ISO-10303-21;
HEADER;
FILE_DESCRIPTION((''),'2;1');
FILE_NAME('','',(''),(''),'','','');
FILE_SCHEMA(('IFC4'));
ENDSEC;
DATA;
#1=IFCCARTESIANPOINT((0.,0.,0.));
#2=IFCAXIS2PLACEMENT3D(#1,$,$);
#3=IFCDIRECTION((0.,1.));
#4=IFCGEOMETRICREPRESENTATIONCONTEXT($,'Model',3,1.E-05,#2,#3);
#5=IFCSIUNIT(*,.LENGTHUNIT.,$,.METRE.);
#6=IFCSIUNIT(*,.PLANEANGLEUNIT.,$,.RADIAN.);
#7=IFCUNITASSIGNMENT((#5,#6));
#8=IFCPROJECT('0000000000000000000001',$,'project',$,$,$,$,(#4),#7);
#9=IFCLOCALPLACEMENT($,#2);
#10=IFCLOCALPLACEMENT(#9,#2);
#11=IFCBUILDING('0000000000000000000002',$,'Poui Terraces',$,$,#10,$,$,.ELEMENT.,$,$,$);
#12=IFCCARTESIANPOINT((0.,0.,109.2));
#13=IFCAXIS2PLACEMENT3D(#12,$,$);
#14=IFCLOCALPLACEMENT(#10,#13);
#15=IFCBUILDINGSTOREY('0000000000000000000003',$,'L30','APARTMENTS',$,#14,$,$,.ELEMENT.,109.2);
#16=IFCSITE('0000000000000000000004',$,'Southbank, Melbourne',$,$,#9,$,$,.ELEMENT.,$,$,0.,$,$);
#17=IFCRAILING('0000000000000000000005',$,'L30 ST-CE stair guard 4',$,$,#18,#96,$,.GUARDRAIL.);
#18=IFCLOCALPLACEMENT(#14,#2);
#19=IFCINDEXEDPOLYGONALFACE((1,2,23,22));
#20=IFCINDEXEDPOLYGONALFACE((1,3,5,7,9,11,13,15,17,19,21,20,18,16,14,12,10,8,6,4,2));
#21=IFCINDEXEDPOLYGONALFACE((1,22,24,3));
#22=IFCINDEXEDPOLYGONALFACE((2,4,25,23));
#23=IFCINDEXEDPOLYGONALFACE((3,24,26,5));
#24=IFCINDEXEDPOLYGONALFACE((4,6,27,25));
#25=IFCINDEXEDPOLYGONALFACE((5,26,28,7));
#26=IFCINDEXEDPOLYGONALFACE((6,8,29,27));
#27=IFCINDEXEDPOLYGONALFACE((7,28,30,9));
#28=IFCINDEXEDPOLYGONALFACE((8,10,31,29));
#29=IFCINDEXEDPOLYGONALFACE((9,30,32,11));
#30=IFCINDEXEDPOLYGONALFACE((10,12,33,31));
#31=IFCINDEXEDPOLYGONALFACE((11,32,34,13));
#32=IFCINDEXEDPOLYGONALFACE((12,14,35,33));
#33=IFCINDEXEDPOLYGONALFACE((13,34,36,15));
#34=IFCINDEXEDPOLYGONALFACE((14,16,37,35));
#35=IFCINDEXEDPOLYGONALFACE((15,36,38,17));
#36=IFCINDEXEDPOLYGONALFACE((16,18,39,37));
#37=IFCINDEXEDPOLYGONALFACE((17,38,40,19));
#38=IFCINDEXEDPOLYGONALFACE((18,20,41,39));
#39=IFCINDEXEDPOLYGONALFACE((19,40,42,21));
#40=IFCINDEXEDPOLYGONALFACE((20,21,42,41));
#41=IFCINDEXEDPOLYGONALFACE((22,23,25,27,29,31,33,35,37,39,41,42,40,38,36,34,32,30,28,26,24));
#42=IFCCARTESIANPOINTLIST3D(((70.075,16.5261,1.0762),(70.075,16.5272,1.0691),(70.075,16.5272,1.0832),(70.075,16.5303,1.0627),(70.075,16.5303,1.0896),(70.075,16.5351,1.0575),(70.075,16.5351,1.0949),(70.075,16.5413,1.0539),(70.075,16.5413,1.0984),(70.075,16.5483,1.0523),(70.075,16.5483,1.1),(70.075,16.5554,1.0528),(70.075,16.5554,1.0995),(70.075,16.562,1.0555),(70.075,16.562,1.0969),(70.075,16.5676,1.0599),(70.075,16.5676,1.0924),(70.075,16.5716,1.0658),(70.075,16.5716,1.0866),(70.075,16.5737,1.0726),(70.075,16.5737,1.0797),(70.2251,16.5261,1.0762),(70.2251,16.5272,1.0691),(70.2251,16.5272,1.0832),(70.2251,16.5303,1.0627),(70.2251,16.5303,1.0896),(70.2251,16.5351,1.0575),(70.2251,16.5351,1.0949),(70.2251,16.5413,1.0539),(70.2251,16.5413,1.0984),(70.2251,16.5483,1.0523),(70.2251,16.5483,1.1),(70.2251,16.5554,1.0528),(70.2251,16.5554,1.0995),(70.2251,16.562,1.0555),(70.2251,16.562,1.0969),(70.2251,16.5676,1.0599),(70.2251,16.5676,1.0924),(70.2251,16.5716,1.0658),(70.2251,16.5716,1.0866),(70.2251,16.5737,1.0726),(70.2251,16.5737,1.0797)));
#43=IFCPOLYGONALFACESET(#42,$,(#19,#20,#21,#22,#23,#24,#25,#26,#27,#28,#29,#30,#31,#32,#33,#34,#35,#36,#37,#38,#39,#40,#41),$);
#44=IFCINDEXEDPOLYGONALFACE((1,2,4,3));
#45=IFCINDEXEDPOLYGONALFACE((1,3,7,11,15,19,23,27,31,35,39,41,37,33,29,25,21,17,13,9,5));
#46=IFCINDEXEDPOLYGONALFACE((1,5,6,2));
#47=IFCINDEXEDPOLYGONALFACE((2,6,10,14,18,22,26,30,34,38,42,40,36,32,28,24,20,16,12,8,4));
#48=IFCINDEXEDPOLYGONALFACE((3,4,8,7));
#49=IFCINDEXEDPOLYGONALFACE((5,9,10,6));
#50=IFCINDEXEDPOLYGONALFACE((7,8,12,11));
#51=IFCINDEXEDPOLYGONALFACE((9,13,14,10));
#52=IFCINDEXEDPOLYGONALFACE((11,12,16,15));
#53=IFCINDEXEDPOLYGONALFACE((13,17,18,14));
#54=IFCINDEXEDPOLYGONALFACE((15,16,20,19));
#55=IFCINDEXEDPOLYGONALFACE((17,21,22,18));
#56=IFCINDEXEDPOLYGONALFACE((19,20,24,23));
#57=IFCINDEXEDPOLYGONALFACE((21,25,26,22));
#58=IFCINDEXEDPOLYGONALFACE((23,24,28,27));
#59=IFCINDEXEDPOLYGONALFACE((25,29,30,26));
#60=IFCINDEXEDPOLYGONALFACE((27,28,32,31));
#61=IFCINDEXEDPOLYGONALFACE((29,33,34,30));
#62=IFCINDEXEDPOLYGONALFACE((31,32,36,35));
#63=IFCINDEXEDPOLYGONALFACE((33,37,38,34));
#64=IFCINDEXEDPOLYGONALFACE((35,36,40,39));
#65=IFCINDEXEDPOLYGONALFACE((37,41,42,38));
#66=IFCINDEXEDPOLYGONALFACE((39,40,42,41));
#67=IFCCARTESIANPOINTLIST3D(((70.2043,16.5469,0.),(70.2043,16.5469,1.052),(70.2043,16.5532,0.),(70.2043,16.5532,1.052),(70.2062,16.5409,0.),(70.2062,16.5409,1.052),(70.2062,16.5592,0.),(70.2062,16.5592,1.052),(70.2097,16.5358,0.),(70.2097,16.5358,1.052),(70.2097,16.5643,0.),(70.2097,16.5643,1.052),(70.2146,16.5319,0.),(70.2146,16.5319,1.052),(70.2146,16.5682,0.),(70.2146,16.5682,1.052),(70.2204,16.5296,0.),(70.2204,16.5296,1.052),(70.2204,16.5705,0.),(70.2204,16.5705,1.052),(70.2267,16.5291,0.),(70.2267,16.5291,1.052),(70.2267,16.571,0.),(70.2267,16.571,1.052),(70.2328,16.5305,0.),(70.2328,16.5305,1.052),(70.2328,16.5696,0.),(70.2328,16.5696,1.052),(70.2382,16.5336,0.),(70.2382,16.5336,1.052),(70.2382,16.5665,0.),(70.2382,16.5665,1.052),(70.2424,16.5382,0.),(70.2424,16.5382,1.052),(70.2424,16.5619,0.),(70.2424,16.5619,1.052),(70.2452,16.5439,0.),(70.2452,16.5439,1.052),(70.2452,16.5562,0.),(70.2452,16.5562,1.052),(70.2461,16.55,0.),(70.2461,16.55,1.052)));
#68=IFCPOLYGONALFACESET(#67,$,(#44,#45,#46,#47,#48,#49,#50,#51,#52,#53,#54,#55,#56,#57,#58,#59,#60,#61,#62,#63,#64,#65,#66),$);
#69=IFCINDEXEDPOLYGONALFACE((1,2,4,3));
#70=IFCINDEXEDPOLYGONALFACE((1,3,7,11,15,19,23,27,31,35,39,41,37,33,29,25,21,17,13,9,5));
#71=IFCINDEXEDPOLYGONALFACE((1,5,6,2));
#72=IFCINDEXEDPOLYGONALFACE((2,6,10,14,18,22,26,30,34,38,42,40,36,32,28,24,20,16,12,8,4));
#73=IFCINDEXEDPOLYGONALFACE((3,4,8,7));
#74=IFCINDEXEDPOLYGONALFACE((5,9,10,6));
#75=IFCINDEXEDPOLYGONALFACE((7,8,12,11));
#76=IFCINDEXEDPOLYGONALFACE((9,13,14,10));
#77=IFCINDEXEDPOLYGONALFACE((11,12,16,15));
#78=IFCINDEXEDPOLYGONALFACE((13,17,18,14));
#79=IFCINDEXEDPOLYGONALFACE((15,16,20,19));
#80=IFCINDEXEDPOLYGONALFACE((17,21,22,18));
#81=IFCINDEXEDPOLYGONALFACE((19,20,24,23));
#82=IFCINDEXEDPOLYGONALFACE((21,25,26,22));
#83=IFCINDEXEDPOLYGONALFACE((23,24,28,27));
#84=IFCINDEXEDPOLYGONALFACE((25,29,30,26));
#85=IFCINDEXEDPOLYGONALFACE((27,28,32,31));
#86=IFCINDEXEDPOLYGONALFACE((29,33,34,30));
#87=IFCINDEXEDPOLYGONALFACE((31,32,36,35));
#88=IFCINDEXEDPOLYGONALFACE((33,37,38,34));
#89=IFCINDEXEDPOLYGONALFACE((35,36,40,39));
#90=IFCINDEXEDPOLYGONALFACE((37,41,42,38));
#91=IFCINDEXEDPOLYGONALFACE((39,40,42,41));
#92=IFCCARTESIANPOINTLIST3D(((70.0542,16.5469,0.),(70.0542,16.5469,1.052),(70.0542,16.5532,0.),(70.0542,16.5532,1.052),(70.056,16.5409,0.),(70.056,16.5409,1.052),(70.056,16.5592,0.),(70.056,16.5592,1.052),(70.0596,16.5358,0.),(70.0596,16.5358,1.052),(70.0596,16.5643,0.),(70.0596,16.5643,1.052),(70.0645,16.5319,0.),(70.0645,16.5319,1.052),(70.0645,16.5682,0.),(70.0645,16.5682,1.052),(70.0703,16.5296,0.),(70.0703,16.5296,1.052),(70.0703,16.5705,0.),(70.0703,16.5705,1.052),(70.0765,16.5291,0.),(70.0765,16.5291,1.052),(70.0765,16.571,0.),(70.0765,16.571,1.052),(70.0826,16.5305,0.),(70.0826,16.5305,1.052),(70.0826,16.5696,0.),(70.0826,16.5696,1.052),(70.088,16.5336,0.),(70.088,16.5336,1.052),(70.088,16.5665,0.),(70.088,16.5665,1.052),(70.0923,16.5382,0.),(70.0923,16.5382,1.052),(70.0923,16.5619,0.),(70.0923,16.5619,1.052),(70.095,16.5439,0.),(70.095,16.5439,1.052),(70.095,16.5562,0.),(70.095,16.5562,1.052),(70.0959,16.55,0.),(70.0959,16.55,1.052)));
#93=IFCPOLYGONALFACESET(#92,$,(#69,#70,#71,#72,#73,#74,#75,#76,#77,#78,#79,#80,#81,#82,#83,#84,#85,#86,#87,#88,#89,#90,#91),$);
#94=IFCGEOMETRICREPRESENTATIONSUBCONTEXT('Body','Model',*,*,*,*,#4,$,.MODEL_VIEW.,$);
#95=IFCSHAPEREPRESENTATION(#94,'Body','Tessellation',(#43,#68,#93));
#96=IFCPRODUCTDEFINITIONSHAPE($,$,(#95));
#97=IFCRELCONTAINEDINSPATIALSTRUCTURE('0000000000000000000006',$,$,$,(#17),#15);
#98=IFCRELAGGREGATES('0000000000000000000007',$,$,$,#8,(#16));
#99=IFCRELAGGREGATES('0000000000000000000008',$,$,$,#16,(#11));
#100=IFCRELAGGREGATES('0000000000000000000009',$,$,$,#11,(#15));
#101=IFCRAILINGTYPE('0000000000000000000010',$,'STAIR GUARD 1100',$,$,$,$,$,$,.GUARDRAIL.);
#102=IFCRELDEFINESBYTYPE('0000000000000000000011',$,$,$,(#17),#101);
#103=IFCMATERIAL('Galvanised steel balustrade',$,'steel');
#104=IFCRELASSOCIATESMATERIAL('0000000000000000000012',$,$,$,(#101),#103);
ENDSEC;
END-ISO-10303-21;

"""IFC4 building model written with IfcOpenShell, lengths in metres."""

from ifc_helpers import new_model, si_unit, direction, frame, origin, origin_2d, place, context, subcontext, project, spatial, circle, extrude, material, type_object, element, save


model = new_model("IFC4")

# Units and contexts
model_context = context("Model", 3, precision=1e-05, world=origin(), true_north=direction((0.0, 1.0)))
body_context = subcontext(model_context, "Body", "Model", "MODEL_VIEW")
ifc_project = project(units=[si_unit("LENGTHUNIT", "METRE"), si_unit("PLANEANGLEUNIT", "RADIAN")], contexts=[model_context])

# Site, building, storey
site_placement = place(None, origin())
site = spatial("IfcSite", under=ifc_project, at=site_placement, Name="Southbank, Melbourne", CompositionType="ELEMENT", RefElevation=0.0)
building_placement = place(site_placement, origin())
building = spatial("IfcBuilding", under=site, at=building_placement, Name="Poui Terraces", CompositionType="ELEMENT")
storey_placement = place(building_placement, frame((0.0, 0.0, 109.2)))
storey = spatial("IfcBuildingStorey", under=building, at=storey_placement, Name="L30", Description="APARTMENTS", CompositionType="ELEMENT", Elevation=109.2)

# Railing
ifc_material_1 = material(Name="Galvanised steel balustrade", Category="steel")
railing_type_1 = type_object("IfcRailingType", Name="STAIR GUARD 1100", PredefinedType="GUARDRAIL", material=ifc_material_1)
railing_1_placement = place(storey_placement, frame((70.2251, 16.55, 0.0)))
element("IfcRailing", 1, at=railing_1_placement, inside=storey, type_object=railing_type_1, Name="L30 ST-CE stair guard 4", PredefinedType="GUARDRAIL", context=body_context, shape_type="SweptSolid", body=[
    extrude(circle(Radius=0.0239, at=origin_2d()), frame((0.0, 0.0, 1.0762), z_axis=(-1.0, 0.0, 0.0), x_axis=(0.0, -1.0, 0.0)), (0.0, 0.0, 1.0), 0.1501),
    extrude(circle(Radius=0.021, at=origin_2d()), origin(), (0.0, 0.0, 1.0), 1.052),
    extrude(circle(Radius=0.021, at=origin_2d()), frame((-0.1501, 0.0, 0.0)), (0.0, 0.0, 1.0), 1.052),
])

save(model, "model.ifc")
